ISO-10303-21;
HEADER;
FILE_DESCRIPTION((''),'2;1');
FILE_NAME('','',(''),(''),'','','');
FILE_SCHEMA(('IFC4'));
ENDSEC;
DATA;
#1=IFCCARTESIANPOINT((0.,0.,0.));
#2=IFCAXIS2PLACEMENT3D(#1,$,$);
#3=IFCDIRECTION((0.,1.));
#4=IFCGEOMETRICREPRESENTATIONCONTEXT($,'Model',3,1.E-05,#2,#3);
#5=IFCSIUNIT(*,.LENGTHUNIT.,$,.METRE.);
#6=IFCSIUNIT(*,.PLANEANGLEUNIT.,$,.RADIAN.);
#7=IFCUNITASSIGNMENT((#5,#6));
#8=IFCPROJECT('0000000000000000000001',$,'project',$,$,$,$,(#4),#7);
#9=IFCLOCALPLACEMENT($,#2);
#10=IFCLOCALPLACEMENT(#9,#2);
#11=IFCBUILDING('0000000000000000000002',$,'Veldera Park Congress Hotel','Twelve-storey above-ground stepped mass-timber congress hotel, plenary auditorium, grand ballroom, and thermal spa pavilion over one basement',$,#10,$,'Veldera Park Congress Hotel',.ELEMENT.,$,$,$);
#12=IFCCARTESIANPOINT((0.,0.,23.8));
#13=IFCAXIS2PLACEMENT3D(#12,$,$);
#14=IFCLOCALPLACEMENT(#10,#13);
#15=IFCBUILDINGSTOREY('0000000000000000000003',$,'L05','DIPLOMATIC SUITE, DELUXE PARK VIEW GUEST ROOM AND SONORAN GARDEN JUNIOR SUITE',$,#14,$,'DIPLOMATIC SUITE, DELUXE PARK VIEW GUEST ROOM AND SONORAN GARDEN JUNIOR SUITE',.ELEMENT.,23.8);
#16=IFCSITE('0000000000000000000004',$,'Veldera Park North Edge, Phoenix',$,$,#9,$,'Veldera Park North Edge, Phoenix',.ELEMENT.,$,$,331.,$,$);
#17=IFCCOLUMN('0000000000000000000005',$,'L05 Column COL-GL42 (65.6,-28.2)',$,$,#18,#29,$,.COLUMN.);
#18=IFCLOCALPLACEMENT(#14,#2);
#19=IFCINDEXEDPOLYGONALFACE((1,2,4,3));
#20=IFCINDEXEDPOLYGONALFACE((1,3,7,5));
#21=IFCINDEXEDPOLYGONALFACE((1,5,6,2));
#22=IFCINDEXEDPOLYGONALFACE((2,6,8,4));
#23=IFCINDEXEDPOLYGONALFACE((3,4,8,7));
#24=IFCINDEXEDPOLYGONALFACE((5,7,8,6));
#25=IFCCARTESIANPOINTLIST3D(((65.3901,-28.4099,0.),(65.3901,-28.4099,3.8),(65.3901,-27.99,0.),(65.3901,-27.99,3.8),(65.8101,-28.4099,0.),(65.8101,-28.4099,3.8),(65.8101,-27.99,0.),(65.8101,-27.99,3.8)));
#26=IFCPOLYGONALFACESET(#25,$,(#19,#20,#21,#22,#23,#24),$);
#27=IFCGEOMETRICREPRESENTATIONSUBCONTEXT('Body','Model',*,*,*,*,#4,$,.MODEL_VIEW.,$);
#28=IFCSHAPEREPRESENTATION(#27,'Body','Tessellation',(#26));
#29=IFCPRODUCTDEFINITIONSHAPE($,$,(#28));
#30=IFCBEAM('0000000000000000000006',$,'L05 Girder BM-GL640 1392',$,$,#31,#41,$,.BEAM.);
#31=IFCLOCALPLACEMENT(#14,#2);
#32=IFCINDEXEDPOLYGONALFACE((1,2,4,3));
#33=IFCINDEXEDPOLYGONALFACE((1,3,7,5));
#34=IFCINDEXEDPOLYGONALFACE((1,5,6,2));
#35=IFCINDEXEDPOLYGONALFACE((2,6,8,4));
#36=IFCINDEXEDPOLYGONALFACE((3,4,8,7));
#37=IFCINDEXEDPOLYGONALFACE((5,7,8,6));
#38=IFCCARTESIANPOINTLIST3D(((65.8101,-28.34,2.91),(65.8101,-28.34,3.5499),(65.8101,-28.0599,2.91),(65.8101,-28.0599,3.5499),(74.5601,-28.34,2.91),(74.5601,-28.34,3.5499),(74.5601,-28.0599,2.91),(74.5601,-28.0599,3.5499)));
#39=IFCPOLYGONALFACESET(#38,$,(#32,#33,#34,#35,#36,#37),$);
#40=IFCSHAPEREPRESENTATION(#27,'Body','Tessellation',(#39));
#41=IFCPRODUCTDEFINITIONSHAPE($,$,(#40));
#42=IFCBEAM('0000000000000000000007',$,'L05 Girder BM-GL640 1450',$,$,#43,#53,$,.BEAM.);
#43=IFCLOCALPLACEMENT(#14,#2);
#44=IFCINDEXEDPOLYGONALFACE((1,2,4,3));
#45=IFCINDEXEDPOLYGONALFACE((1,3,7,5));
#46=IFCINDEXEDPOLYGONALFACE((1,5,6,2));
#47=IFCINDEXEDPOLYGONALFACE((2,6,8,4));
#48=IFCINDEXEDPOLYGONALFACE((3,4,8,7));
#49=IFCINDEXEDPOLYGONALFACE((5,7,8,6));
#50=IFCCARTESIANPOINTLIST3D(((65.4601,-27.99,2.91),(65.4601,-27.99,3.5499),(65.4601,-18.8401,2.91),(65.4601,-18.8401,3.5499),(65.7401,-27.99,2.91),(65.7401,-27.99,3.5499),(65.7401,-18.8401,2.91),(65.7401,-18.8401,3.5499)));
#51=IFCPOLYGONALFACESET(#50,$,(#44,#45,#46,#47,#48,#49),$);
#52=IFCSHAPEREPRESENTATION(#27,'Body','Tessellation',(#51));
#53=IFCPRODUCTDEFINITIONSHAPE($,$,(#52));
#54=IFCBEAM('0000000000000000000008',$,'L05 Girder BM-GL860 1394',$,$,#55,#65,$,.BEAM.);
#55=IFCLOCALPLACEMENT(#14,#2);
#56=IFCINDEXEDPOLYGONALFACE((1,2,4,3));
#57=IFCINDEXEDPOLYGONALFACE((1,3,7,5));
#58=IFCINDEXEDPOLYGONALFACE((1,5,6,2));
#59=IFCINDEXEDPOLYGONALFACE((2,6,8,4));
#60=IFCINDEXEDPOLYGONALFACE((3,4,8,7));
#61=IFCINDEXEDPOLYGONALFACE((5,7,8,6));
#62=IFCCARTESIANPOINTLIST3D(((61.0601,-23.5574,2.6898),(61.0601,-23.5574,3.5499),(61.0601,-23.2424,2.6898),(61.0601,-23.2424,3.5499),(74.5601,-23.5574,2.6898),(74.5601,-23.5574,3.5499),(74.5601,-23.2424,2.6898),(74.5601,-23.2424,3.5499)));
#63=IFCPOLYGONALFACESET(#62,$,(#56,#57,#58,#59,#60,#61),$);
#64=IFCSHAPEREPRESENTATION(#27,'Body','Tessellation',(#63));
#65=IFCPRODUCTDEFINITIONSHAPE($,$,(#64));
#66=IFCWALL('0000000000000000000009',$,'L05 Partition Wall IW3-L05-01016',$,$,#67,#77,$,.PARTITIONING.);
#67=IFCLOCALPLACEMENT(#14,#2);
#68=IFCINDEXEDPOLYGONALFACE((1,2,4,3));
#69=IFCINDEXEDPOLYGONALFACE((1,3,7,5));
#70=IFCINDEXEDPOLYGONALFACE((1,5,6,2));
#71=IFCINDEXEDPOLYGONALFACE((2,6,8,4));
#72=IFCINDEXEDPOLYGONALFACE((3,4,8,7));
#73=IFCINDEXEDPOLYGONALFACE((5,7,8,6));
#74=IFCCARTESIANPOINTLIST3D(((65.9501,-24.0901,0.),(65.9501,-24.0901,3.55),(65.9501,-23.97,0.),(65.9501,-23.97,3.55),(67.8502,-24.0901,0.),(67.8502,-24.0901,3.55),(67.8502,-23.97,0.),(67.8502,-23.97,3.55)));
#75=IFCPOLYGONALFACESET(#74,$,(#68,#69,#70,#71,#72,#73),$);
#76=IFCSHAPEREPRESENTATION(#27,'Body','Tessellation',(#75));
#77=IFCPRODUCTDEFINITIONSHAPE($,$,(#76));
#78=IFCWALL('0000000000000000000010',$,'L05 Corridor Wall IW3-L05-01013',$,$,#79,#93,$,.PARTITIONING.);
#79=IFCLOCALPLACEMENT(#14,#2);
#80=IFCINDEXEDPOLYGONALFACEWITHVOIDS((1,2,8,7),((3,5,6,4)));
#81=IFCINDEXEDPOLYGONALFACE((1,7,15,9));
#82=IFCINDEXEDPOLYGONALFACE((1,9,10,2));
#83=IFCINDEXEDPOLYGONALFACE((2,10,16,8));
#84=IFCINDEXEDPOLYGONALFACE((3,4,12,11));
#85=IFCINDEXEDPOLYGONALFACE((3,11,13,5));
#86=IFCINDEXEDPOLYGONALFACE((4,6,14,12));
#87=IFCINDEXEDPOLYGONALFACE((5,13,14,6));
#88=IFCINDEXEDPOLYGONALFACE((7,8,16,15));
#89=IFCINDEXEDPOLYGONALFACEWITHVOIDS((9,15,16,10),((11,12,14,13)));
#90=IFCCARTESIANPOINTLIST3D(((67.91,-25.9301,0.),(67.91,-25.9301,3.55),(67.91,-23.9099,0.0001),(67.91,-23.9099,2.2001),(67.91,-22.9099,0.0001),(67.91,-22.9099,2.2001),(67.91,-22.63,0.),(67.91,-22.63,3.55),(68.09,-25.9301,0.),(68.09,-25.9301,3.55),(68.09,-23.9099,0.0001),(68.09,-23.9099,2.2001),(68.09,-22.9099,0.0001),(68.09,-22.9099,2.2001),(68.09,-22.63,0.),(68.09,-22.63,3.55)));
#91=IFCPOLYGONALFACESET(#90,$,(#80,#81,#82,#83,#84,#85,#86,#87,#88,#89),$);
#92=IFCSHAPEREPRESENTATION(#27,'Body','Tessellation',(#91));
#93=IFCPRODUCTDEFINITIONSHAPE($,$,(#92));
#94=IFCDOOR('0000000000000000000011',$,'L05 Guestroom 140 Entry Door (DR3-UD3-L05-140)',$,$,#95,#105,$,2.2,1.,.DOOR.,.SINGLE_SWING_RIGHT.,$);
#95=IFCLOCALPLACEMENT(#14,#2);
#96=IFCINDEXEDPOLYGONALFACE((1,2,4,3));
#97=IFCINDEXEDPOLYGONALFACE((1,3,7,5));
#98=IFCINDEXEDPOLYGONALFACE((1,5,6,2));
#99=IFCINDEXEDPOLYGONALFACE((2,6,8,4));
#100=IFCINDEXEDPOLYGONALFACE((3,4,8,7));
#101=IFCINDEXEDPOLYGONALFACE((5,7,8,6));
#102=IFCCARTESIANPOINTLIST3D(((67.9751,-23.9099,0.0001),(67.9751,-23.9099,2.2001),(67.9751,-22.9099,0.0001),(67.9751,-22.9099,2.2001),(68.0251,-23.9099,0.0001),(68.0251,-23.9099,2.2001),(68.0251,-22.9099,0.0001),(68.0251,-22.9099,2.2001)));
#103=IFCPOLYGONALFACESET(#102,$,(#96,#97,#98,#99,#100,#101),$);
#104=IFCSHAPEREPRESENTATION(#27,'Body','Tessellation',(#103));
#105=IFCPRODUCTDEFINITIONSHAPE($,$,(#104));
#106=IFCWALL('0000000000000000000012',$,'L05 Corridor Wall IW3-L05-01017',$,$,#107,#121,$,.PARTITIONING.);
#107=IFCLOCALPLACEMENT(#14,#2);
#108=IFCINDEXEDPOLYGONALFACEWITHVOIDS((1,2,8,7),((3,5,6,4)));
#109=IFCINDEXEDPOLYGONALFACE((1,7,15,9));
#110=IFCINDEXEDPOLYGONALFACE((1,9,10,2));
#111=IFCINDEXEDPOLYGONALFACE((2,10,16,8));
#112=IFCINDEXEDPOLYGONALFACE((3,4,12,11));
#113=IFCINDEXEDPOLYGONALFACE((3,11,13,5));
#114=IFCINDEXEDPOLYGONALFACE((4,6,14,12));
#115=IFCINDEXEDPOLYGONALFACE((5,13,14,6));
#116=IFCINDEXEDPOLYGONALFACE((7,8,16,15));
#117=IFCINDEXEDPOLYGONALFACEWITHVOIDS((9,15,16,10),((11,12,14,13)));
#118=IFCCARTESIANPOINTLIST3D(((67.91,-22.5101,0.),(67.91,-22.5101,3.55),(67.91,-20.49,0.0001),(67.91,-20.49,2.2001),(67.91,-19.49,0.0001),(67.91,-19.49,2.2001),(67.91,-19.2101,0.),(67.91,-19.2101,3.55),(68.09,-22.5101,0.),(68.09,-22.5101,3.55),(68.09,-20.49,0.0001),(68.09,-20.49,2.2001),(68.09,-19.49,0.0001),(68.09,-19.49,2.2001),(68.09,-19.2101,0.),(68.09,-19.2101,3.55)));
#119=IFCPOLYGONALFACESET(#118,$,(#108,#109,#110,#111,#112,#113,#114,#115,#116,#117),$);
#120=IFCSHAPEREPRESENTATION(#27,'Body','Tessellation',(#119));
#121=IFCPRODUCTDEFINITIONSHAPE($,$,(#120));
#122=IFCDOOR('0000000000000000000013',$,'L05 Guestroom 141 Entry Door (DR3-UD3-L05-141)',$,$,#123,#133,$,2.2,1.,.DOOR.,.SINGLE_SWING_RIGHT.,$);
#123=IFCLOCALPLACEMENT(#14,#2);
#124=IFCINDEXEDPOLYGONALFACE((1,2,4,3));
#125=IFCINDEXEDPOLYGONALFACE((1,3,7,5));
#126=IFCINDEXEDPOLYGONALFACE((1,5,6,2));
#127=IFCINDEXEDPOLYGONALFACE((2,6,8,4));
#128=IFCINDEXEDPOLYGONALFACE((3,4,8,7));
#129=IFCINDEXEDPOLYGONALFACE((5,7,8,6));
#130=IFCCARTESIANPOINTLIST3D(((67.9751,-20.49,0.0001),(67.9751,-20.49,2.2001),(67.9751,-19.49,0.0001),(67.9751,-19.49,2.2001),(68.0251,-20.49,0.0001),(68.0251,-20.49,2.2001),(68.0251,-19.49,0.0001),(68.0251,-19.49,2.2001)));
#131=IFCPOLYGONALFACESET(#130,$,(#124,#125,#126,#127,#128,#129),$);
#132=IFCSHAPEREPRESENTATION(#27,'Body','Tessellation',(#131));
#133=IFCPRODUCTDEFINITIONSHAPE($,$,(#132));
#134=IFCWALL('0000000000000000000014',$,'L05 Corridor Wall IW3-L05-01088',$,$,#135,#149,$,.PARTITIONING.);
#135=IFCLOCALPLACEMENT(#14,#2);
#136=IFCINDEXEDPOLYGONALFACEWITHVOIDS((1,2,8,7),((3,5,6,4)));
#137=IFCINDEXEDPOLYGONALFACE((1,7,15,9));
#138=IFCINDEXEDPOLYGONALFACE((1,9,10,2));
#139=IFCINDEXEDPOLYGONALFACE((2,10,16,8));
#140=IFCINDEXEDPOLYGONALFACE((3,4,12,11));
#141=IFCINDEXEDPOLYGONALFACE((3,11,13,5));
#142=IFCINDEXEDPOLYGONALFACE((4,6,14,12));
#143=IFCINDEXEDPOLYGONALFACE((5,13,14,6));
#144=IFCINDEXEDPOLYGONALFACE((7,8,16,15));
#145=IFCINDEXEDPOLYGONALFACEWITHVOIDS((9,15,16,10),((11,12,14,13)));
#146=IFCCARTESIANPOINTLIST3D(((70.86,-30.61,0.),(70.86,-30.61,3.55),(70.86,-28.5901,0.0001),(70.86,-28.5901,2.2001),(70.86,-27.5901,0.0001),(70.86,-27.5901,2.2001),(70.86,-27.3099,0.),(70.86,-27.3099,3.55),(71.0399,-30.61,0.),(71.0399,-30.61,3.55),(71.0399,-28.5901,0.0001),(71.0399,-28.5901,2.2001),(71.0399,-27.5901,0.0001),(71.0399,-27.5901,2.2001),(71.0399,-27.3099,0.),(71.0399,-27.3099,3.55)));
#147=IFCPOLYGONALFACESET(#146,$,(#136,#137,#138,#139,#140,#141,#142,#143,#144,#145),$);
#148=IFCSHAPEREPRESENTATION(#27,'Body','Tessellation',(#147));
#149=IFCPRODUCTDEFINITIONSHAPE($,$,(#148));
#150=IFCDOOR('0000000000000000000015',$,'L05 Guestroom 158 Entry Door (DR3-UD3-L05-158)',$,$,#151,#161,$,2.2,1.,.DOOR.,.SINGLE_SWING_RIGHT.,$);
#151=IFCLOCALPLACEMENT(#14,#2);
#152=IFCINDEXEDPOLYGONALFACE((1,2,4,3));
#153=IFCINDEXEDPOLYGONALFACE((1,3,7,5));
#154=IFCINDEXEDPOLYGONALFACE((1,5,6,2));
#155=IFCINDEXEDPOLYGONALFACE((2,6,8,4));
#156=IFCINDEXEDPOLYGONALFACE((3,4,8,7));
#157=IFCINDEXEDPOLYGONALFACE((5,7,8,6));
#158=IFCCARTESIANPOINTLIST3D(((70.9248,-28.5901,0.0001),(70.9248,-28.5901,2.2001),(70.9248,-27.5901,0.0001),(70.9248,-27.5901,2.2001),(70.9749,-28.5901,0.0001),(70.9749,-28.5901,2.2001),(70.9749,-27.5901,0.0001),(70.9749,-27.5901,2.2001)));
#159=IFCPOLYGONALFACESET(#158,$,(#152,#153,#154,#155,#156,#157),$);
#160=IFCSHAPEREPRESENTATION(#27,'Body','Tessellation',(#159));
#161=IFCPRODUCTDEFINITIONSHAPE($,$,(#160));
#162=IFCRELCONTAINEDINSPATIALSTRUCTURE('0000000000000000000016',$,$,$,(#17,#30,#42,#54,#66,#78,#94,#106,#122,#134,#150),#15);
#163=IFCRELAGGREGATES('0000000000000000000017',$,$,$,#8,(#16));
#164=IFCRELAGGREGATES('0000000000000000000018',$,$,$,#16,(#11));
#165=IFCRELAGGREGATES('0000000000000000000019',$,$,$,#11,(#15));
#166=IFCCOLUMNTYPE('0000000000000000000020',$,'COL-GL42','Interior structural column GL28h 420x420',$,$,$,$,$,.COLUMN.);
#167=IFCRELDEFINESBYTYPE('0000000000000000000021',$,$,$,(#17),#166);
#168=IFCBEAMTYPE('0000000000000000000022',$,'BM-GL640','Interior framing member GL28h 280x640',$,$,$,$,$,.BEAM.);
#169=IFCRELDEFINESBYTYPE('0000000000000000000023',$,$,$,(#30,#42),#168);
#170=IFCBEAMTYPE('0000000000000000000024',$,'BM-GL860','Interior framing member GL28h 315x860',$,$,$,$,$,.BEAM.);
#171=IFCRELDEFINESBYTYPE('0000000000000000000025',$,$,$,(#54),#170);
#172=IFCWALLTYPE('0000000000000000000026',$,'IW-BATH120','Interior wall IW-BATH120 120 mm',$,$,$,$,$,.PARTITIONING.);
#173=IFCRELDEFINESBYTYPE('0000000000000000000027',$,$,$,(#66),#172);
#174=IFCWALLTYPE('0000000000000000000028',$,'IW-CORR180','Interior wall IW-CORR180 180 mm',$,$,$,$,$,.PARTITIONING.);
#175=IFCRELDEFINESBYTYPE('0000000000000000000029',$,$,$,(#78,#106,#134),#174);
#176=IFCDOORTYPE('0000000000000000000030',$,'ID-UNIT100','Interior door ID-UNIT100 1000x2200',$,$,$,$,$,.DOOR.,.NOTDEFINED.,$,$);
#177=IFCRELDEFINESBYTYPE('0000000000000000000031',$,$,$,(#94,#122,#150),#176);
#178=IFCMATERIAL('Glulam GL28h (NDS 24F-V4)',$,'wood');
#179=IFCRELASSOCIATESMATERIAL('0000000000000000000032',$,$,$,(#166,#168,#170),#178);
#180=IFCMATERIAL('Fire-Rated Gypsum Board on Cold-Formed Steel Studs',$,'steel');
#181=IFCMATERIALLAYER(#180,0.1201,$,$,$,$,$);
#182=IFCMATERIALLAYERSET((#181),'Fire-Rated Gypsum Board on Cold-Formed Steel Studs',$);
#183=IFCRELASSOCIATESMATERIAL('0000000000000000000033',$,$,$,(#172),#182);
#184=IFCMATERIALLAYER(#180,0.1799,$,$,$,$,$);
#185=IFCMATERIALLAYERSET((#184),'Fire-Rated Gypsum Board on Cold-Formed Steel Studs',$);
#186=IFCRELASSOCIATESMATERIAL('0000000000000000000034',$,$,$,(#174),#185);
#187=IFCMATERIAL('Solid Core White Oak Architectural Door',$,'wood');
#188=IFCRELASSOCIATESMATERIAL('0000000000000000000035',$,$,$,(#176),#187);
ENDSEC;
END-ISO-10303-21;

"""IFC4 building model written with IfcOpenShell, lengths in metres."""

from ifc_helpers import new_model, si_unit, direction, frame, frame_2d, origin, origin_2d, place, context, subcontext, project, spatial, rectangle, extrude, material, layer, layer_set, material_profile, profile_set, type_object, element, fill, save


model = new_model("IFC4")

# Units and contexts
model_context = context("Model", 3, precision=1e-05, world=origin(), true_north=direction((0.0, 1.0)))
body_context = subcontext(model_context, "Body", "Model", "MODEL_VIEW")
ifc_project = project(units=[si_unit("LENGTHUNIT", "METRE"), si_unit("PLANEANGLEUNIT", "RADIAN")], contexts=[model_context])

# Site, building, storey
site_placement = place(None, origin())
site = spatial("IfcSite", under=ifc_project, at=site_placement, Name="Veldera Park North Edge, Phoenix", LongName="Veldera Park North Edge, Phoenix", CompositionType="ELEMENT", RefElevation=331.0)
building_placement = place(site_placement, origin())
building = spatial("IfcBuilding", under=site, at=building_placement, Name="Veldera Park Congress Hotel", Description="Twelve-storey above-ground stepped mass-timber congress hotel, plenary auditorium, grand ballroom, and thermal spa pavilion over one basement", LongName="Veldera Park Congress Hotel", CompositionType="ELEMENT")
storey_placement = place(building_placement, frame((0.0, 0.0, 23.8)))
storey = spatial("IfcBuildingStorey", under=building, at=storey_placement, Name="L05", Description="DIPLOMATIC SUITE, DELUXE PARK VIEW GUEST ROOM AND SONORAN GARDEN JUNIOR SUITE", LongName="DIPLOMATIC SUITE, DELUXE PARK VIEW GUEST ROOM AND SONORAN GARDEN JUNIOR SUITE", CompositionType="ELEMENT", Elevation=23.8)

# Column
ifc_material_1 = material(Name="Glulam GL28h (NDS 24F-V4)", Category="wood")
ifc_material_profile_1 = material_profile(ifc_material_1, rectangle(XDim=0.4199, YDim=0.4199, at=origin_2d()), Name="GL28h 420x420")
ifc_profile_set_1 = profile_set([ifc_material_profile_1], Name="Glulam GL28h (NDS 24F-V4)")
column_type = type_object("IfcColumnType", Name="COL-GL42", Description="Interior structural column GL28h 420x420", PredefinedType="COLUMN", material=ifc_profile_set_1)
column_placement = place(storey_placement, frame((65.6001, -28.2, 0.0), z_axis=(0.0, 0.0, 1.0), x_axis=(1.0, 0.0, 0.0)))
element("IfcColumn", 1, at=column_placement, inside=storey, type_object=column_type, Name="L05 Column COL-GL42 (65.6,-28.2)", PredefinedType="COLUMN", context=body_context, shape_type="SweptSolid", body=[
    extrude(rectangle(XDim=0.4199, YDim=0.4199, at=origin_2d()), origin(), (0.0, 0.0, 1.0), 3.8),
])

# Beams
ifc_material_profile_2 = material_profile(ifc_material_1, rectangle(XDim=0.28, YDim=0.6399, at=origin_2d()), Name="GL28h 280x640")
ifc_profile_set_2 = profile_set([ifc_material_profile_2], Name="Glulam GL28h (NDS 24F-V4)")
beam_type_1 = type_object("IfcBeamType", Name="BM-GL640", Description="Interior framing member GL28h 280x640", PredefinedType="BEAM", material=ifc_profile_set_2)
beam_1_placement = place(storey_placement, frame((65.8101, -28.2, 3.23), z_axis=(1.0, 0.0, 0.0), x_axis=(0.0, 1.0, 0.0)))
element("IfcBeam", 2, at=beam_1_placement, inside=storey, type_object=beam_type_1, Name="L05 Girder BM-GL640 1392", PredefinedType="BEAM", context=body_context, shape_type="SweptSolid", body=[
    extrude(rectangle(XDim=0.28, YDim=0.6399, at=origin_2d()), origin(), (0.0, 0.0, 1.0), 8.75),
])
beam_2_placement = place(storey_placement, frame((65.6001, -27.99, 3.23), z_axis=(0.0, 1.0, 0.0), x_axis=(-1.0, 0.0, 0.0)))
element("IfcBeam", 3, at=beam_2_placement, inside=storey, type_object=beam_type_1, Name="L05 Girder BM-GL640 1450", PredefinedType="BEAM", context=body_context, shape_type="SweptSolid", body=[
    extrude(rectangle(XDim=0.28, YDim=0.6399, at=origin_2d()), origin(), (0.0, 0.0, 1.0), 9.1499),
])
ifc_material_profile_3 = material_profile(ifc_material_1, rectangle(XDim=0.3149, YDim=0.8601, at=origin_2d()), Name="GL28h 315x860")
ifc_profile_set_3 = profile_set([ifc_material_profile_3], Name="Glulam GL28h (NDS 24F-V4)")
beam_type_2 = type_object("IfcBeamType", Name="BM-GL860", Description="Interior framing member GL28h 315x860", PredefinedType="BEAM", material=ifc_profile_set_3)
beam_3_placement = place(storey_placement, frame((61.0601, -23.3999, 3.1199), z_axis=(1.0, 0.0, 0.0), x_axis=(0.0, 1.0, 0.0)))
element("IfcBeam", 4, at=beam_3_placement, inside=storey, type_object=beam_type_2, Name="L05 Girder BM-GL860 1394", PredefinedType="BEAM", context=body_context, shape_type="SweptSolid", body=[
    extrude(rectangle(XDim=0.3149, YDim=0.8601, at=origin_2d()), origin(), (0.0, 0.0, 1.0), 13.5),
])

# Shared definitions
ifc_material_2 = material(Name="Fire-Rated Gypsum Board on Cold-Formed Steel Studs", Category="steel")
ifc_layer_1 = layer(ifc_material_2, 0.1201)
ifc_layer_set_1 = layer_set([ifc_layer_1], Name="Fire-Rated Gypsum Board on Cold-Formed Steel Studs")
wall_type_1 = type_object("IfcWallType", Name="IW-BATH120", Description="Interior wall IW-BATH120 120 mm", PredefinedType="PARTITIONING", material=ifc_layer_set_1)
ifc_material_3 = material(Name="Solid Core White Oak Architectural Door", Category="wood")

# Wall
wall_1_placement = place(storey_placement, frame((65.95, -24.03, 0.0), z_axis=(0.0, 0.0, 1.0), x_axis=(1.0, 0.0, 0.0)))
element("IfcWall", 5, at=wall_1_placement, inside=storey, type_object=wall_type_1, Name="L05 Partition Wall IW3-L05-01016", PredefinedType="PARTITIONING", context=body_context, shape_type="SweptSolid", body=[
    extrude(rectangle(XDim=1.9001, YDim=0.1201, at=frame_2d((0.9502, 0.0))), origin(), (0.0, 0.0, 1.0), 3.55),
])

# Walls, openings, doors
ifc_layer_2 = layer(ifc_material_2, 0.1799)
ifc_layer_set_2 = layer_set([ifc_layer_2], Name="Fire-Rated Gypsum Board on Cold-Formed Steel Studs")
wall_type_2 = type_object("IfcWallType", Name="IW-CORR180", Description="Interior wall IW-CORR180 180 mm", PredefinedType="PARTITIONING", material=ifc_layer_set_2)
wall_2_placement = place(storey_placement, frame((68.0, -25.9299, 0.0), z_axis=(0.0, 0.0, 1.0), x_axis=(0.0, 1.0, 0.0)))
wall_2 = element("IfcWall", 6, at=wall_2_placement, inside=storey, type_object=wall_type_2, Name="L05 Corridor Wall IW3-L05-01013", PredefinedType="PARTITIONING", context=body_context, shape_type="SweptSolid", body=[
    extrude(rectangle(XDim=3.3, YDim=0.1799, at=frame_2d((1.6499, 0.0))), origin(), (0.0, 0.0, 1.0), 3.55),
])
opening_1_placement = place(wall_2_placement, frame((2.02, 0.0, 0.0)))
opening_1 = element("IfcOpeningElement", 7, at=opening_1_placement, cuts=wall_2, PredefinedType="OPENING", context=body_context, shape_type="SweptSolid", body=[
    extrude(rectangle(XDim=1.0, YDim=2.2, at=frame_2d((0.5, 1.1001))), frame((0.0, 0.1021, 0.0), z_axis=(0.0, -1.0, 0.0), x_axis=(1.0, 0.0, 0.0)), (0.0, 0.0, 1.0), 0.2039),
])
door_type_1 = type_object("IfcDoorType", Name="ID-UNIT100", Description="Interior door ID-UNIT100 1000x2200", OperationType="NOTDEFINED", PredefinedType="DOOR", material=ifc_material_3)
door_1_placement = place(opening_1_placement, origin())
door_1 = element("IfcDoor", 8, at=door_1_placement, inside=storey, type_object=door_type_1, Name="L05 Guestroom 140 Entry Door (DR3-UD3-L05-140)", OperationType="SINGLE_SWING_RIGHT", OverallHeight=2.2, OverallWidth=1.0, PredefinedType="DOOR", context=body_context, shape_type="SweptSolid", body=[
    extrude(rectangle(XDim=1.0, YDim=2.2, at=frame_2d((0.5, 1.1001))), frame((0.0, 0.0249, 0.0), z_axis=(0.0, -1.0, 0.0), x_axis=(1.0, 0.0, 0.0)), (0.0, 0.0, 1.0), 0.05),
])
fill(opening_1, door_1)
wall_3_placement = place(storey_placement, frame((68.0, -22.51, 0.0), z_axis=(0.0, 0.0, 1.0), x_axis=(0.0, 1.0, 0.0)))
wall_3 = element("IfcWall", 9, at=wall_3_placement, inside=storey, type_object=wall_type_2, Name="L05 Corridor Wall IW3-L05-01017", PredefinedType="PARTITIONING", context=body_context, shape_type="SweptSolid", body=[
    extrude(rectangle(XDim=3.3, YDim=0.1799, at=frame_2d((1.6499, 0.0))), origin(), (0.0, 0.0, 1.0), 3.55),
])
opening_2_placement = place(wall_3_placement, frame((2.02, 0.0, 0.0)))
opening_2 = element("IfcOpeningElement", 10, at=opening_2_placement, cuts=wall_3, PredefinedType="OPENING", context=body_context, shape_type="SweptSolid", body=[
    extrude(rectangle(XDim=1.0, YDim=2.2, at=frame_2d((0.5, 1.1001))), frame((0.0, 0.1021, 0.0), z_axis=(0.0, -1.0, 0.0), x_axis=(1.0, 0.0, 0.0)), (0.0, 0.0, 1.0), 0.2039),
])
door_2_placement = place(opening_2_placement, origin())
door_2 = element("IfcDoor", 11, at=door_2_placement, inside=storey, type_object=door_type_1, Name="L05 Guestroom 141 Entry Door (DR3-UD3-L05-141)", OperationType="SINGLE_SWING_RIGHT", OverallHeight=2.2, OverallWidth=1.0, PredefinedType="DOOR", context=body_context, shape_type="SweptSolid", body=[
    extrude(rectangle(XDim=1.0, YDim=2.2, at=frame_2d((0.5, 1.1001))), frame((0.0, 0.0249, 0.0), z_axis=(0.0, -1.0, 0.0), x_axis=(1.0, 0.0, 0.0)), (0.0, 0.0, 1.0), 0.05),
])
fill(opening_2, door_2)
wall_4_placement = place(storey_placement, frame((70.95, -27.3101, 0.0), z_axis=(0.0, 0.0, 1.0), x_axis=(0.0, -1.0, 0.0)))
wall_4 = element("IfcWall", 12, at=wall_4_placement, inside=storey, type_object=wall_type_2, Name="L05 Corridor Wall IW3-L05-01088", PredefinedType="PARTITIONING", context=body_context, shape_type="SweptSolid", body=[
    extrude(rectangle(XDim=3.3, YDim=0.1799, at=frame_2d((1.6499, 0.0))), origin(), (0.0, 0.0, 1.0), 3.55),
])
opening_3_placement = place(wall_4_placement, frame((0.28, 0.0, 0.0)))
opening_3 = element("IfcOpeningElement", 13, at=opening_3_placement, cuts=wall_4, PredefinedType="OPENING", context=body_context, shape_type="SweptSolid", body=[
    extrude(rectangle(XDim=1.0, YDim=2.2, at=frame_2d((0.5, 1.1001))), frame((0.0, 0.1021, 0.0), z_axis=(0.0, -1.0, 0.0), x_axis=(1.0, 0.0, 0.0)), (0.0, 0.0, 1.0), 0.2039),
])
door_3_placement = place(opening_3_placement, origin())
door_3 = element("IfcDoor", 14, at=door_3_placement, inside=storey, type_object=door_type_1, Name="L05 Guestroom 158 Entry Door (DR3-UD3-L05-158)", OperationType="SINGLE_SWING_RIGHT", OverallHeight=2.2, OverallWidth=1.0, PredefinedType="DOOR", context=body_context, shape_type="SweptSolid", body=[
    extrude(rectangle(XDim=1.0, YDim=2.2, at=frame_2d((0.5, 1.1001))), frame((0.0, 0.0249, 0.0), z_axis=(0.0, -1.0, 0.0), x_axis=(1.0, 0.0, 0.0)), (0.0, 0.0, 1.0), 0.05),
])
fill(opening_3, door_3)

save(model, "model.ifc")
